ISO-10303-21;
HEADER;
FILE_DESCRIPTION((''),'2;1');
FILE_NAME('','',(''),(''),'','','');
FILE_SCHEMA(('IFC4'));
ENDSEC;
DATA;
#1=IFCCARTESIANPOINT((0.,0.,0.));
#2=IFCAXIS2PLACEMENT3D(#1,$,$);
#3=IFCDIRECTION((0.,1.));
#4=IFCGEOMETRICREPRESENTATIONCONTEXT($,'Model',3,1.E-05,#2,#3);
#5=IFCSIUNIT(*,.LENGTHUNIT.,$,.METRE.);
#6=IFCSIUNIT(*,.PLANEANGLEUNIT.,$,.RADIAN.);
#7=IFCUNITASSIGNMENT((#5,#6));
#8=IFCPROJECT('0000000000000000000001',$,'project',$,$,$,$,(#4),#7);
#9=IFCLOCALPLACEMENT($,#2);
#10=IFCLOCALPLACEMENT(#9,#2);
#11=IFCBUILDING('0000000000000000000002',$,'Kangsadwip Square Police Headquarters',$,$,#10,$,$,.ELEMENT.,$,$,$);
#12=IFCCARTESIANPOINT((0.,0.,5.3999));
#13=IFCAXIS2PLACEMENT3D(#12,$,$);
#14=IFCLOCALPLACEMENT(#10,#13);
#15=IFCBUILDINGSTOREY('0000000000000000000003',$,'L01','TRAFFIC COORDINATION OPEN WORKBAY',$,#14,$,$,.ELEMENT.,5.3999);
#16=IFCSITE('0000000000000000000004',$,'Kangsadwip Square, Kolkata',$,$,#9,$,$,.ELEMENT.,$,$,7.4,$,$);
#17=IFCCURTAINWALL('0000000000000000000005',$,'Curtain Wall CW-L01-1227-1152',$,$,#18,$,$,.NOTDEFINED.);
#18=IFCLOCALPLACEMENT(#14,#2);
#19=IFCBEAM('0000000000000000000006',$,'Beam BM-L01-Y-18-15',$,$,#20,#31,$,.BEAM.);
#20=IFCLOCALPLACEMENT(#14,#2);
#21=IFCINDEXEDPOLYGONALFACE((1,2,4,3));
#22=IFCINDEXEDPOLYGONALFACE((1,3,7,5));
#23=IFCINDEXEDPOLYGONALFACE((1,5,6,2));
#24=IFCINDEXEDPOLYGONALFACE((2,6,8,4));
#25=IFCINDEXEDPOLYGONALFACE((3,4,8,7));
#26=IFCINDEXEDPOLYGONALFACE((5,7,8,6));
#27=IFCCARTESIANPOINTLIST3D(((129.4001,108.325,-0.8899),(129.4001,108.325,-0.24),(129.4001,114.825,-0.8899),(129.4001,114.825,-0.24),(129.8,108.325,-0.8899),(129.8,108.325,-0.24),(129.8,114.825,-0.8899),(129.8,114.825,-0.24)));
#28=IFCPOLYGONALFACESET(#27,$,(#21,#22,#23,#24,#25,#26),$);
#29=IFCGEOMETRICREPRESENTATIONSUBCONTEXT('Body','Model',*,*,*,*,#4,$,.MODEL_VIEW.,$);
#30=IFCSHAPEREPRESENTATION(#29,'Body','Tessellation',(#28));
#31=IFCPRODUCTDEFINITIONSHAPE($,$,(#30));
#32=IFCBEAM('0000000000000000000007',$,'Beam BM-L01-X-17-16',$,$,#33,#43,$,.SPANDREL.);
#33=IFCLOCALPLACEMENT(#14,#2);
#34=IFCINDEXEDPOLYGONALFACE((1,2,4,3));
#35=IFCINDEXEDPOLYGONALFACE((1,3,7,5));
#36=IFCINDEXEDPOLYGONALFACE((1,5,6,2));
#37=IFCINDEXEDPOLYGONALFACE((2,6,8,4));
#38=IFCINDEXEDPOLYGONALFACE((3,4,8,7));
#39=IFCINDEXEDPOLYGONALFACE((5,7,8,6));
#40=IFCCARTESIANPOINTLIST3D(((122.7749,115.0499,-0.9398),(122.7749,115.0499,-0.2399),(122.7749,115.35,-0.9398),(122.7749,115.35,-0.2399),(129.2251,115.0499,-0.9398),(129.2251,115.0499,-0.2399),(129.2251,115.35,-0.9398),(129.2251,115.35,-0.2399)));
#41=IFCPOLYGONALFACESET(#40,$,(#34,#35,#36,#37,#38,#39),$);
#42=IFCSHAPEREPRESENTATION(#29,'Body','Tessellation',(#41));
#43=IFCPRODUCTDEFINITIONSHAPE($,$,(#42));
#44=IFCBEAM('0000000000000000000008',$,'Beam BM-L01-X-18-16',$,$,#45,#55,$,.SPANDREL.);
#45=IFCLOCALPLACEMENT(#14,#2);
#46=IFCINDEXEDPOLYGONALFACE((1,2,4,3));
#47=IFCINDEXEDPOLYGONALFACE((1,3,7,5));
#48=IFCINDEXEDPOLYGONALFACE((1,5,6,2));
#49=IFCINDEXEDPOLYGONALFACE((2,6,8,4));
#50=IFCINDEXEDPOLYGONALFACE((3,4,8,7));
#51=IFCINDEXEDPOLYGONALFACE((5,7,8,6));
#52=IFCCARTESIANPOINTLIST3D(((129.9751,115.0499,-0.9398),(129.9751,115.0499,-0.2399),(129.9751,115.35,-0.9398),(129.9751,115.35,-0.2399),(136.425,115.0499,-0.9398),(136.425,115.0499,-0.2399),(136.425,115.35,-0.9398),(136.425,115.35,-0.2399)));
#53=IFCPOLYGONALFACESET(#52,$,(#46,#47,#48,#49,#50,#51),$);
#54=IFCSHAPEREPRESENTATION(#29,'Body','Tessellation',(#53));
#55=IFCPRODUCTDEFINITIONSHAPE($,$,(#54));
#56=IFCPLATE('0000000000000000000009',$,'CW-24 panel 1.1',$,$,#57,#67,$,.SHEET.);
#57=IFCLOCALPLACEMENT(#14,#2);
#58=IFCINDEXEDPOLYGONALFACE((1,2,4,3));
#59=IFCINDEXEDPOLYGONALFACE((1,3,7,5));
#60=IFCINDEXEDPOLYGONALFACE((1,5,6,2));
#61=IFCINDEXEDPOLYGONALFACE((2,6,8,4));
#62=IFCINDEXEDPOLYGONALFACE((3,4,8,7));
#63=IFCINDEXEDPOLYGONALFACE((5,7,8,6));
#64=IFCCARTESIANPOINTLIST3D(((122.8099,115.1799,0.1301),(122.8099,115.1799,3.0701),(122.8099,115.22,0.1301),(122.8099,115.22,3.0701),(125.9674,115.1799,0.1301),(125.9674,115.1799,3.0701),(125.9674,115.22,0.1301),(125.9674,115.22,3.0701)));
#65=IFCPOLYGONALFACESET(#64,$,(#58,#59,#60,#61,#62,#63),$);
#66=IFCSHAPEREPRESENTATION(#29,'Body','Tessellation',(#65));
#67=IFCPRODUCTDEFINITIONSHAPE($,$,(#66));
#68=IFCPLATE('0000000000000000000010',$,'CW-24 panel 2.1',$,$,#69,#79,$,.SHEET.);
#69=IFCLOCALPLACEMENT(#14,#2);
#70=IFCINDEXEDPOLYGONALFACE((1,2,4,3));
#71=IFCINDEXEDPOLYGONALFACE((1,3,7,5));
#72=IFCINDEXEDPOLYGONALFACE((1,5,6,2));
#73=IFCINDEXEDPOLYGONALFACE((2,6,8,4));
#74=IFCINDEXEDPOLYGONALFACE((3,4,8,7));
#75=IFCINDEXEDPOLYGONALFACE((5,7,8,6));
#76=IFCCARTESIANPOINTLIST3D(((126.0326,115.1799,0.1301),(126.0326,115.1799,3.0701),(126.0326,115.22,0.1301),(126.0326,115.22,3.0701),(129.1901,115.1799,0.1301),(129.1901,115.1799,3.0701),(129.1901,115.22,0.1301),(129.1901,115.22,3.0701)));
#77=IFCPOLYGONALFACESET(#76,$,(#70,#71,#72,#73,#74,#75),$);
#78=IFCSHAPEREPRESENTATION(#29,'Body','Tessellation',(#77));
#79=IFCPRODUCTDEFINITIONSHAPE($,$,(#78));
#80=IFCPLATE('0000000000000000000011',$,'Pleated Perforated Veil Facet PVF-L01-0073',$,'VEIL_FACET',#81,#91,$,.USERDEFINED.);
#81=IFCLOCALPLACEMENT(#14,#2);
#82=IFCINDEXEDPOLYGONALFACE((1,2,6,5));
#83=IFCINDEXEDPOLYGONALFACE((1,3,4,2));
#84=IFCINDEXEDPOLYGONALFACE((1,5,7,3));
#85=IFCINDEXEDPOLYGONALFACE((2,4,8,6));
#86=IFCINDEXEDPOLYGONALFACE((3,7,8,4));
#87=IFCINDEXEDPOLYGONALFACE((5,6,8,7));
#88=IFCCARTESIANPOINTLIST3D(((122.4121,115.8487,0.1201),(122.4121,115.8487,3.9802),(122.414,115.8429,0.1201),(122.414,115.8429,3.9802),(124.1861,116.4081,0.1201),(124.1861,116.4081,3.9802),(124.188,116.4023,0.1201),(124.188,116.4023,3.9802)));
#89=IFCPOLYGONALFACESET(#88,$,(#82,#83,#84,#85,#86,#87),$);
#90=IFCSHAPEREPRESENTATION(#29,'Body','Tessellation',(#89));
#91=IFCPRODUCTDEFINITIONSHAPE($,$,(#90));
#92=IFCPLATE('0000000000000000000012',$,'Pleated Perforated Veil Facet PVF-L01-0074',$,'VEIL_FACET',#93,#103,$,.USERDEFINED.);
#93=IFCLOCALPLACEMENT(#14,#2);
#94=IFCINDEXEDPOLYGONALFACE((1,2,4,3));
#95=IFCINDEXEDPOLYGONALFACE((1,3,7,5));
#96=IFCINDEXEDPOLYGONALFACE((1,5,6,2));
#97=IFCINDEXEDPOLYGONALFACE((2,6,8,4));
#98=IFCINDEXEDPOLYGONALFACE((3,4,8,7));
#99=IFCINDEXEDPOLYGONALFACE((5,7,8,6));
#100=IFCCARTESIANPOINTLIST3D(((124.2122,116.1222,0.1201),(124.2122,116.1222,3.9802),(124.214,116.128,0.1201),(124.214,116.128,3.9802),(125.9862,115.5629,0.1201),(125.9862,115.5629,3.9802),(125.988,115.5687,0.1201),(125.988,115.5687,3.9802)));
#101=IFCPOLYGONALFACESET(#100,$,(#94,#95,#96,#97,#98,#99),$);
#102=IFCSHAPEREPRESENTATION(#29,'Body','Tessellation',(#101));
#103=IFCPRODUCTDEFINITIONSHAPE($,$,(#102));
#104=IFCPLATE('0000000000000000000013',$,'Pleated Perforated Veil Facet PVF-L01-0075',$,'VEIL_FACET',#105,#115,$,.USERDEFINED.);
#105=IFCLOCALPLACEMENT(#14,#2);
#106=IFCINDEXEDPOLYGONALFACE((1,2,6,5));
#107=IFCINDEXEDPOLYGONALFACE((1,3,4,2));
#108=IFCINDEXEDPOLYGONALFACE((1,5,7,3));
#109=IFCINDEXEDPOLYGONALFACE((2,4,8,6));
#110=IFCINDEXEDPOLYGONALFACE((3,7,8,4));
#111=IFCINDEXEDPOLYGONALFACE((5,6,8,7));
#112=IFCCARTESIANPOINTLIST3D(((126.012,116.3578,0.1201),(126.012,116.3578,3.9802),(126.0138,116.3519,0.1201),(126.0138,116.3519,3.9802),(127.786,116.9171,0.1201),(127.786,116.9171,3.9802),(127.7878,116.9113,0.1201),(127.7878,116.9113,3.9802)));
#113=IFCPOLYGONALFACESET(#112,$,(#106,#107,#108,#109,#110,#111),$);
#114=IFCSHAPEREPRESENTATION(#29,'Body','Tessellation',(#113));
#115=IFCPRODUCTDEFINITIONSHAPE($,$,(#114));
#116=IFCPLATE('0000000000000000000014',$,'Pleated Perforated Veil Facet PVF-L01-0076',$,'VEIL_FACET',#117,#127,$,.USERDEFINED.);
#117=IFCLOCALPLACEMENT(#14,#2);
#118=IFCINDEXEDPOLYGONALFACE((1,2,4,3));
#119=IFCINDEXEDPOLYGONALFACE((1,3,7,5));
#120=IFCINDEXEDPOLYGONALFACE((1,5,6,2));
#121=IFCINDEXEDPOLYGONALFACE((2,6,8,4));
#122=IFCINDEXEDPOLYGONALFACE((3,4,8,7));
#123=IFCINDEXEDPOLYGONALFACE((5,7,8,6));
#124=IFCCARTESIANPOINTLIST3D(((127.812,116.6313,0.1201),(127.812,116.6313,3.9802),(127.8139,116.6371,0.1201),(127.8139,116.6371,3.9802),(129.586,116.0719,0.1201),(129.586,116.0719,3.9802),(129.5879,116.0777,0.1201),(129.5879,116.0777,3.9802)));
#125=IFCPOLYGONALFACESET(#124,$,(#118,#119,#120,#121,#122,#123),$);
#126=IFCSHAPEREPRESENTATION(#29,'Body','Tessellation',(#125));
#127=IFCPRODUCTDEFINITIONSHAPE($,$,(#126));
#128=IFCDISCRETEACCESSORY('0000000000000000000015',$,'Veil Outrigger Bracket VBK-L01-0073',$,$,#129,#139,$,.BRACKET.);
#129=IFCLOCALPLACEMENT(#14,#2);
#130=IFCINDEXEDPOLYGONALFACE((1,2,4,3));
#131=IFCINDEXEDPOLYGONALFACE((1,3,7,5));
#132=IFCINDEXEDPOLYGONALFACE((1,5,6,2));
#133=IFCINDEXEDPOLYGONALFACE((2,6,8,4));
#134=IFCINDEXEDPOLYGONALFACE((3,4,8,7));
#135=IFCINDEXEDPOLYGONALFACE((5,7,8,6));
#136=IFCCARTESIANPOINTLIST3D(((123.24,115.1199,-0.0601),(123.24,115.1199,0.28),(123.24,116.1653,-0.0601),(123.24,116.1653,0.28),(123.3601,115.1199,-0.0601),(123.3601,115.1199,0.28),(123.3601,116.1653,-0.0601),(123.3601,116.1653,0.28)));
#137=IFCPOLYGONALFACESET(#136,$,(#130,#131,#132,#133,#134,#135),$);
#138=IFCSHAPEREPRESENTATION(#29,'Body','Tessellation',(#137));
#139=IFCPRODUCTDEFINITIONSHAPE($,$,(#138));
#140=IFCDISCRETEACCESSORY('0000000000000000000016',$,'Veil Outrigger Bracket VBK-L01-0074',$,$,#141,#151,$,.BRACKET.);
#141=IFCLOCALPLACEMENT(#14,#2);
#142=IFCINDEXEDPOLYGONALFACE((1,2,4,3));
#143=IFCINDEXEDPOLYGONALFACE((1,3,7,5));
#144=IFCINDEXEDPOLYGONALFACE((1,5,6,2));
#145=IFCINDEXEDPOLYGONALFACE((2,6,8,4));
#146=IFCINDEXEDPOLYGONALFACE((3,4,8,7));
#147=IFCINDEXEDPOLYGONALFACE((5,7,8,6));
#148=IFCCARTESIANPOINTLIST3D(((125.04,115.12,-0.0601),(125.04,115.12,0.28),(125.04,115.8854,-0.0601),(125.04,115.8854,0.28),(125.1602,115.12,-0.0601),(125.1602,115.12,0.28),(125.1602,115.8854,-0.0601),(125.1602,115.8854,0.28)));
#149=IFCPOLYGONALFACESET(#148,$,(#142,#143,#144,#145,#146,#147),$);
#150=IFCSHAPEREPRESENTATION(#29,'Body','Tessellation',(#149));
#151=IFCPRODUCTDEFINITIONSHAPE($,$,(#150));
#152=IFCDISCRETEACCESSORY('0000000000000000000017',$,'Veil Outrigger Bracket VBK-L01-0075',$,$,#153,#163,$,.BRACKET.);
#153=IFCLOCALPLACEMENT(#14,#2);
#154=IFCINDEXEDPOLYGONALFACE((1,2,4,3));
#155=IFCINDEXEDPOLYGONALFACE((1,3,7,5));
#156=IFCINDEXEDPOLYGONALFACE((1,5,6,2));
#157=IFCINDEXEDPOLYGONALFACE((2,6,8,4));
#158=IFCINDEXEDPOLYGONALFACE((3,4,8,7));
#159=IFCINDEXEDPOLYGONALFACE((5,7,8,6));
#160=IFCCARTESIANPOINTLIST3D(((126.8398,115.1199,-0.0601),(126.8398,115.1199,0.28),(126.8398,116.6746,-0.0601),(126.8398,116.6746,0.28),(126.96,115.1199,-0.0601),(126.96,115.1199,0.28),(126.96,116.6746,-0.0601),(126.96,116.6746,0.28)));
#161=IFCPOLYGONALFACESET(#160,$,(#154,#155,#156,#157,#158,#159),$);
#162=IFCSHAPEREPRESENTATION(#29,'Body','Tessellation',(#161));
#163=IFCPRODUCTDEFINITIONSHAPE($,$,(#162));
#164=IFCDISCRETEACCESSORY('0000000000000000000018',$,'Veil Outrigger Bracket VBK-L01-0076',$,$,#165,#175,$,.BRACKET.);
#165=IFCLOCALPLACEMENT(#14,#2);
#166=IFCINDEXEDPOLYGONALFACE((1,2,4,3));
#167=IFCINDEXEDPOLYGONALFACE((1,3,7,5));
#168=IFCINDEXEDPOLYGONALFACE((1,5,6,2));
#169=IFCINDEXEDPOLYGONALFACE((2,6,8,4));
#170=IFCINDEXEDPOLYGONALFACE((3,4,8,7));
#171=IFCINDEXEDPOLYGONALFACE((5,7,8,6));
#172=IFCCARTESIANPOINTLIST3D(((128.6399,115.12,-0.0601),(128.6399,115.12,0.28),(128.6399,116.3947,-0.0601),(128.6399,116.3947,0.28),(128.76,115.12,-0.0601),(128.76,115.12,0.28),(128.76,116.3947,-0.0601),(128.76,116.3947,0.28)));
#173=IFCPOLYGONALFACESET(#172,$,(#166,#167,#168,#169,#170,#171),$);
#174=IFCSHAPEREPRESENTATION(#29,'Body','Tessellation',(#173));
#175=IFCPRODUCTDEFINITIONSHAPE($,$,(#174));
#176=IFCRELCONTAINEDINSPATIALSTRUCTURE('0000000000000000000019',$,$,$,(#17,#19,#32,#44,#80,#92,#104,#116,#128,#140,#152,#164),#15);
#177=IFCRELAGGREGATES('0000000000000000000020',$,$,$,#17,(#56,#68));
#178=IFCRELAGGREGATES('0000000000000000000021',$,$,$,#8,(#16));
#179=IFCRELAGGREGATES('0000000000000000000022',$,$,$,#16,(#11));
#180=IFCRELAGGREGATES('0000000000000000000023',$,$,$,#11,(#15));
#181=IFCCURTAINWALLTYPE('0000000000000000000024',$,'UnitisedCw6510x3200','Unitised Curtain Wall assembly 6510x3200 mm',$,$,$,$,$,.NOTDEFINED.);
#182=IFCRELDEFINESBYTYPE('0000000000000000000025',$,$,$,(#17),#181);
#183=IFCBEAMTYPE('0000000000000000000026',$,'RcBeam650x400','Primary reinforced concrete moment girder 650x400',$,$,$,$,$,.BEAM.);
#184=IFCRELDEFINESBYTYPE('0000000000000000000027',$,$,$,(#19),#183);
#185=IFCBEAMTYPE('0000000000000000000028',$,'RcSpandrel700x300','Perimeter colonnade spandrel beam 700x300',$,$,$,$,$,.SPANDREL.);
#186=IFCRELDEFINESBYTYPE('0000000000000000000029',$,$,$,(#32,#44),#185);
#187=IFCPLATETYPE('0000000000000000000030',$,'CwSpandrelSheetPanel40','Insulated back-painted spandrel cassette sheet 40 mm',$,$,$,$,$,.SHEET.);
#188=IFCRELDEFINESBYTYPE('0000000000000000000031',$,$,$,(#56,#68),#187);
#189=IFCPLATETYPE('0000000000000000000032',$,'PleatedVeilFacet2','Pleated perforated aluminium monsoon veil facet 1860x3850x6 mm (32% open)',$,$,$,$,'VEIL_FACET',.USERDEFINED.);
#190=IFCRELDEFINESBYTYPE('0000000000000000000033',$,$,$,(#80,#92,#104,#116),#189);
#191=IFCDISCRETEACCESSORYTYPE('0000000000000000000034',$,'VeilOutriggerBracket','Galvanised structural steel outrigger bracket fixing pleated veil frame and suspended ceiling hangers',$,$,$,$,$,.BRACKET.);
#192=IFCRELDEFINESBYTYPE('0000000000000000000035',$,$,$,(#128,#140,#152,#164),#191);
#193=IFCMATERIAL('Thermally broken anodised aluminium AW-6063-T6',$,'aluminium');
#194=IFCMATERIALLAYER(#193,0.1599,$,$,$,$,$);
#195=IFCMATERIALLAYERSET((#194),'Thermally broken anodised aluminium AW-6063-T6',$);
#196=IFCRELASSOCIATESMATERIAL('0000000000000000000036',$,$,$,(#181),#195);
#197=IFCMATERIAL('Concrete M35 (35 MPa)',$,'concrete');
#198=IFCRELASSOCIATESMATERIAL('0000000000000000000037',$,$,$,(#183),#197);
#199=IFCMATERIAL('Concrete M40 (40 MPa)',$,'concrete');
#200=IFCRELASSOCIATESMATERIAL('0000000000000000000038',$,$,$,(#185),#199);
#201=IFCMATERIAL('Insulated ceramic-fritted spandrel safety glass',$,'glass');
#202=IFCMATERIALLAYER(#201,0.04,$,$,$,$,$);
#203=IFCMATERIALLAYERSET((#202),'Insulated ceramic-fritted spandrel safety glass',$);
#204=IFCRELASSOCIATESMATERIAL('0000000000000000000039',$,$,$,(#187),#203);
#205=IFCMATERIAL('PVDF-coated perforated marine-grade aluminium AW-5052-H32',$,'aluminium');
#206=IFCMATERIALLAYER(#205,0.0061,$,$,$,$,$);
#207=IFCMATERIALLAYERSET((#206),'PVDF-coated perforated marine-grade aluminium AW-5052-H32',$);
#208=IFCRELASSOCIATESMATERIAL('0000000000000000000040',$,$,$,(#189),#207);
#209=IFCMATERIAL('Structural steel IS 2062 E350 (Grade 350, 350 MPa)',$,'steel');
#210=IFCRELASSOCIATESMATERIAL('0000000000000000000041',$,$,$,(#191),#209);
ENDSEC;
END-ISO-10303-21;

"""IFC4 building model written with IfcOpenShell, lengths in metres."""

from ifc_helpers import new_model, si_unit, direction, frame, origin, origin_2d, place, context, subcontext, project, spatial, rectangle, extrude, material, layer, layer_set, material_profile, profile_set, type_object, element, aggregate, save


model = new_model("IFC4")

# Units and contexts
model_context = context("Model", 3, precision=1e-05, world=origin(), true_north=direction((0.0, 1.0)))
body_context = subcontext(model_context, "Body", "Model", "MODEL_VIEW")
ifc_project = project(units=[si_unit("LENGTHUNIT", "METRE"), si_unit("PLANEANGLEUNIT", "RADIAN")], contexts=[model_context])

# Site, building, storey
site_placement = place(None, origin())
site = spatial("IfcSite", under=ifc_project, at=site_placement, Name="Kangsadwip Square, Kolkata", CompositionType="ELEMENT", RefElevation=7.4)
building_placement = place(site_placement, origin())
building = spatial("IfcBuilding", under=site, at=building_placement, Name="Kangsadwip Square Police Headquarters", CompositionType="ELEMENT")
storey_placement = place(building_placement, frame((0.0, 0.0, 5.3999)))
storey = spatial("IfcBuildingStorey", under=building, at=storey_placement, Name="L01", Description="TRAFFIC COORDINATION OPEN WORKBAY", CompositionType="ELEMENT", Elevation=5.3999)

# Curtain wall
ifc_material_1 = material(Name="Thermally broken anodised aluminium AW-6063-T6", Category="aluminium")
ifc_layer_1 = layer(ifc_material_1, 0.1599)
ifc_layer_set_1 = layer_set([ifc_layer_1], Name="Thermally broken anodised aluminium AW-6063-T6")
curtain_wall_type = type_object("IfcCurtainWallType", Name="UnitisedCw6510x3200", Description="Unitised Curtain Wall assembly 6510x3200 mm", PredefinedType="NOTDEFINED", material=ifc_layer_set_1)
curtain_wall_1_placement = place(storey_placement, origin())
curtain_wall_1 = element("IfcCurtainWall", 1, at=curtain_wall_1_placement, inside=storey, type_object=curtain_wall_type, Name="Curtain Wall CW-L01-1227-1152", PredefinedType="NOTDEFINED")

# Beams
ifc_material_2 = material(Name="Concrete M35 (35 MPa)", Category="concrete")
ifc_material_profile_1 = material_profile(ifc_material_2, rectangle(XDim=0.3999, YDim=0.6499, at=origin_2d()), Name="RC BM 650X400")
ifc_profile_set_1 = profile_set([ifc_material_profile_1], Name="Concrete M35 (35 MPa)")
beam_type_1 = type_object("IfcBeamType", Name="RcBeam650x400", Description="Primary reinforced concrete moment girder 650x400", PredefinedType="BEAM", material=ifc_profile_set_1)
beam_1_placement = place(storey_placement, frame((129.6001, 108.325, -0.5649), z_axis=(0.0, 1.0, 0.0), x_axis=(-1.0, 0.0, 0.0)))
element("IfcBeam", 2, at=beam_1_placement, inside=storey, type_object=beam_type_1, Name="Beam BM-L01-Y-18-15", PredefinedType="BEAM", context=body_context, shape_type="SweptSolid", body=[
    extrude(rectangle(XDim=0.3999, YDim=0.6499, at=origin_2d()), origin(), (0.0, 0.0, 1.0), 6.5),
])
ifc_material_3 = material(Name="Concrete M40 (40 MPa)", Category="concrete")
ifc_material_profile_2 = material_profile(ifc_material_3, rectangle(XDim=0.3, YDim=0.7, at=origin_2d()), Name="RC SPN 700X300")
ifc_profile_set_2 = profile_set([ifc_material_profile_2], Name="Concrete M40 (40 MPa)")
beam_type_2 = type_object("IfcBeamType", Name="RcSpandrel700x300", Description="Perimeter colonnade spandrel beam 700x300", PredefinedType="SPANDREL", material=ifc_profile_set_2)
beam_2_placement = place(storey_placement, frame((122.7749, 115.2, -0.5898), z_axis=(1.0, 0.0, 0.0), x_axis=(0.0, 1.0, 0.0)))
element("IfcBeam", 3, at=beam_2_placement, inside=storey, type_object=beam_type_2, Name="Beam BM-L01-X-17-16", PredefinedType="SPANDREL", context=body_context, shape_type="SweptSolid", body=[
    extrude(rectangle(XDim=0.3, YDim=0.7, at=origin_2d()), origin(), (0.0, 0.0, 1.0), 6.4502),
])
beam_3_placement = place(storey_placement, frame((129.9751, 115.2, -0.5898), z_axis=(1.0, 0.0, 0.0), x_axis=(0.0, 1.0, 0.0)))
element("IfcBeam", 4, at=beam_3_placement, inside=storey, type_object=beam_type_2, Name="Beam BM-L01-X-18-16", PredefinedType="SPANDREL", context=body_context, shape_type="SweptSolid", body=[
    extrude(rectangle(XDim=0.3, YDim=0.7, at=origin_2d()), origin(), (0.0, 0.0, 1.0), 6.45),
])

# Plates
ifc_material_4 = material(Name="Insulated ceramic-fritted spandrel safety glass", Category="glass")
ifc_layer_2 = layer(ifc_material_4, 0.04)
ifc_layer_set_2 = layer_set([ifc_layer_2], Name="Insulated ceramic-fritted spandrel safety glass")
plate_type_1 = type_object("IfcPlateType", Name="CwSpandrelSheetPanel40", Description="Insulated back-painted spandrel cassette sheet 40 mm", PredefinedType="SHEET", material=ifc_layer_set_2)
plate_1_placement = place(storey_placement, frame((124.3887, 115.2, 0.1301), z_axis=(0.0, 0.0, 1.0), x_axis=(1.0, 0.0, 0.0)))
plate_1 = element("IfcPlate", 5, at=plate_1_placement, type_object=plate_type_1, Name="CW-24 panel 1.1", PredefinedType="SHEET", context=body_context, shape_type="SweptSolid", body=[
    extrude(rectangle(XDim=3.1575, YDim=0.04, at=origin_2d()), origin(), (0.0, 0.0, 1.0), 2.9399),
])
plate_2_placement = place(storey_placement, frame((127.6113, 115.2, 0.1301), z_axis=(0.0, 0.0, 1.0), x_axis=(1.0, 0.0, 0.0)))
plate_2 = element("IfcPlate", 6, at=plate_2_placement, type_object=plate_type_1, Name="CW-24 panel 2.1", PredefinedType="SHEET", context=body_context, shape_type="SweptSolid", body=[
    extrude(rectangle(XDim=3.1575, YDim=0.04, at=origin_2d()), origin(), (0.0, 0.0, 1.0), 2.9399),
])
aggregate(curtain_wall_1, [plate_1, plate_2])

# Plates
ifc_material_5 = material(Name="PVDF-coated perforated marine-grade aluminium AW-5052-H32", Category="aluminium")
ifc_layer_3 = layer(ifc_material_5, 0.0061)
ifc_layer_set_3 = layer_set([ifc_layer_3], Name="PVDF-coated perforated marine-grade aluminium AW-5052-H32")
plate_type_2 = type_object("IfcPlateType", Name="PleatedVeilFacet2", Description="Pleated perforated aluminium monsoon veil facet 1860x3850x6 mm (32% open)", ElementType="VEIL_FACET", PredefinedType="USERDEFINED", material=ifc_layer_set_3)
for number, where, z_axis, x_axis, name in (
    (7, (123.3, 116.1255, 0.1201), (0.0, 0.0, 1.0), (0.953717, 0.300706, 0.0), "Pleated Perforated Veil Facet PVF-L01-0073"),
    (8, (125.1001, 115.8455, 0.1201), (0.0, 0.0, 1.0), (0.953717, -0.300706, 0.0), "Pleated Perforated Veil Facet PVF-L01-0074"),
    (9, (126.8999, 116.6345, 0.1201), (0.0, 0.0, 1.0), (0.953717, 0.300706, 0.0), "Pleated Perforated Veil Facet PVF-L01-0075"),
    (10, (128.7, 116.3545, 0.1201), (0.0, 0.0, 1.0), (0.953717, -0.300706, 0.0), "Pleated Perforated Veil Facet PVF-L01-0076"),
):
    element("IfcPlate", number, at=place(storey_placement, frame(where, z_axis=z_axis, x_axis=x_axis)), inside=storey, type_object=plate_type_2, Name=name, ObjectType="VEIL_FACET", PredefinedType="USERDEFINED", context=body_context, shape_type="SweptSolid", body=[
        extrude(rectangle(XDim=1.8601, YDim=0.0061, at=origin_2d()), origin(), (0.0, 0.0, 1.0), 3.8601),
    ])

# Discrete accessories
ifc_material_6 = material(Name="Structural steel IS 2062 E350 (Grade 350, 350 MPa)", Category="steel")
discrete_accessory_type = type_object("IfcDiscreteAccessoryType", Name="VeilOutriggerBracket", Description="Galvanised structural steel outrigger bracket fixing pleated veil frame and suspended ceiling hangers", PredefinedType="BRACKET", material=ifc_material_6)
discrete_accessory_1_placement = place(storey_placement, frame((123.3, 115.6426, -0.0601), z_axis=(0.0, 0.0, 1.0), x_axis=(1.0, 0.0, 0.0)))
element("IfcDiscreteAccessory", 11, at=discrete_accessory_1_placement, inside=storey, type_object=discrete_accessory_type, Name="Veil Outrigger Bracket VBK-L01-0073", PredefinedType="BRACKET", context=body_context, shape_type="SweptSolid", body=[
    extrude(rectangle(XDim=0.1201, YDim=1.0454, at=origin_2d()), origin(), (0.0, 0.0, 1.0), 0.3401),
])
discrete_accessory_2_placement = place(storey_placement, frame((125.1001, 115.5027, -0.0601), z_axis=(0.0, 0.0, 1.0), x_axis=(1.0, 0.0, 0.0)))
element("IfcDiscreteAccessory", 12, at=discrete_accessory_2_placement, inside=storey, type_object=discrete_accessory_type, Name="Veil Outrigger Bracket VBK-L01-0074", PredefinedType="BRACKET", context=body_context, shape_type="SweptSolid", body=[
    extrude(rectangle(XDim=0.1201, YDim=0.7654, at=origin_2d()), origin(), (0.0, 0.0, 1.0), 0.3401),
])
discrete_accessory_3_placement = place(storey_placement, frame((126.8999, 115.8972, -0.0601), z_axis=(0.0, 0.0, 1.0), x_axis=(1.0, 0.0, 0.0)))
element("IfcDiscreteAccessory", 13, at=discrete_accessory_3_placement, inside=storey, type_object=discrete_accessory_type, Name="Veil Outrigger Bracket VBK-L01-0075", PredefinedType="BRACKET", context=body_context, shape_type="SweptSolid", body=[
    extrude(rectangle(XDim=0.1201, YDim=1.5547, at=origin_2d()), origin(), (0.0, 0.0, 1.0), 0.3401),
])
discrete_accessory_4_placement = place(storey_placement, frame((128.7, 115.7573, -0.0601), z_axis=(0.0, 0.0, 1.0), x_axis=(1.0, 0.0, 0.0)))
element("IfcDiscreteAccessory", 14, at=discrete_accessory_4_placement, inside=storey, type_object=discrete_accessory_type, Name="Veil Outrigger Bracket VBK-L01-0076", PredefinedType="BRACKET", context=body_context, shape_type="SweptSolid", body=[
    extrude(rectangle(XDim=0.1201, YDim=1.2747, at=origin_2d()), origin(), (0.0, 0.0, 1.0), 0.3401),
])

save(model, "model.ifc")
